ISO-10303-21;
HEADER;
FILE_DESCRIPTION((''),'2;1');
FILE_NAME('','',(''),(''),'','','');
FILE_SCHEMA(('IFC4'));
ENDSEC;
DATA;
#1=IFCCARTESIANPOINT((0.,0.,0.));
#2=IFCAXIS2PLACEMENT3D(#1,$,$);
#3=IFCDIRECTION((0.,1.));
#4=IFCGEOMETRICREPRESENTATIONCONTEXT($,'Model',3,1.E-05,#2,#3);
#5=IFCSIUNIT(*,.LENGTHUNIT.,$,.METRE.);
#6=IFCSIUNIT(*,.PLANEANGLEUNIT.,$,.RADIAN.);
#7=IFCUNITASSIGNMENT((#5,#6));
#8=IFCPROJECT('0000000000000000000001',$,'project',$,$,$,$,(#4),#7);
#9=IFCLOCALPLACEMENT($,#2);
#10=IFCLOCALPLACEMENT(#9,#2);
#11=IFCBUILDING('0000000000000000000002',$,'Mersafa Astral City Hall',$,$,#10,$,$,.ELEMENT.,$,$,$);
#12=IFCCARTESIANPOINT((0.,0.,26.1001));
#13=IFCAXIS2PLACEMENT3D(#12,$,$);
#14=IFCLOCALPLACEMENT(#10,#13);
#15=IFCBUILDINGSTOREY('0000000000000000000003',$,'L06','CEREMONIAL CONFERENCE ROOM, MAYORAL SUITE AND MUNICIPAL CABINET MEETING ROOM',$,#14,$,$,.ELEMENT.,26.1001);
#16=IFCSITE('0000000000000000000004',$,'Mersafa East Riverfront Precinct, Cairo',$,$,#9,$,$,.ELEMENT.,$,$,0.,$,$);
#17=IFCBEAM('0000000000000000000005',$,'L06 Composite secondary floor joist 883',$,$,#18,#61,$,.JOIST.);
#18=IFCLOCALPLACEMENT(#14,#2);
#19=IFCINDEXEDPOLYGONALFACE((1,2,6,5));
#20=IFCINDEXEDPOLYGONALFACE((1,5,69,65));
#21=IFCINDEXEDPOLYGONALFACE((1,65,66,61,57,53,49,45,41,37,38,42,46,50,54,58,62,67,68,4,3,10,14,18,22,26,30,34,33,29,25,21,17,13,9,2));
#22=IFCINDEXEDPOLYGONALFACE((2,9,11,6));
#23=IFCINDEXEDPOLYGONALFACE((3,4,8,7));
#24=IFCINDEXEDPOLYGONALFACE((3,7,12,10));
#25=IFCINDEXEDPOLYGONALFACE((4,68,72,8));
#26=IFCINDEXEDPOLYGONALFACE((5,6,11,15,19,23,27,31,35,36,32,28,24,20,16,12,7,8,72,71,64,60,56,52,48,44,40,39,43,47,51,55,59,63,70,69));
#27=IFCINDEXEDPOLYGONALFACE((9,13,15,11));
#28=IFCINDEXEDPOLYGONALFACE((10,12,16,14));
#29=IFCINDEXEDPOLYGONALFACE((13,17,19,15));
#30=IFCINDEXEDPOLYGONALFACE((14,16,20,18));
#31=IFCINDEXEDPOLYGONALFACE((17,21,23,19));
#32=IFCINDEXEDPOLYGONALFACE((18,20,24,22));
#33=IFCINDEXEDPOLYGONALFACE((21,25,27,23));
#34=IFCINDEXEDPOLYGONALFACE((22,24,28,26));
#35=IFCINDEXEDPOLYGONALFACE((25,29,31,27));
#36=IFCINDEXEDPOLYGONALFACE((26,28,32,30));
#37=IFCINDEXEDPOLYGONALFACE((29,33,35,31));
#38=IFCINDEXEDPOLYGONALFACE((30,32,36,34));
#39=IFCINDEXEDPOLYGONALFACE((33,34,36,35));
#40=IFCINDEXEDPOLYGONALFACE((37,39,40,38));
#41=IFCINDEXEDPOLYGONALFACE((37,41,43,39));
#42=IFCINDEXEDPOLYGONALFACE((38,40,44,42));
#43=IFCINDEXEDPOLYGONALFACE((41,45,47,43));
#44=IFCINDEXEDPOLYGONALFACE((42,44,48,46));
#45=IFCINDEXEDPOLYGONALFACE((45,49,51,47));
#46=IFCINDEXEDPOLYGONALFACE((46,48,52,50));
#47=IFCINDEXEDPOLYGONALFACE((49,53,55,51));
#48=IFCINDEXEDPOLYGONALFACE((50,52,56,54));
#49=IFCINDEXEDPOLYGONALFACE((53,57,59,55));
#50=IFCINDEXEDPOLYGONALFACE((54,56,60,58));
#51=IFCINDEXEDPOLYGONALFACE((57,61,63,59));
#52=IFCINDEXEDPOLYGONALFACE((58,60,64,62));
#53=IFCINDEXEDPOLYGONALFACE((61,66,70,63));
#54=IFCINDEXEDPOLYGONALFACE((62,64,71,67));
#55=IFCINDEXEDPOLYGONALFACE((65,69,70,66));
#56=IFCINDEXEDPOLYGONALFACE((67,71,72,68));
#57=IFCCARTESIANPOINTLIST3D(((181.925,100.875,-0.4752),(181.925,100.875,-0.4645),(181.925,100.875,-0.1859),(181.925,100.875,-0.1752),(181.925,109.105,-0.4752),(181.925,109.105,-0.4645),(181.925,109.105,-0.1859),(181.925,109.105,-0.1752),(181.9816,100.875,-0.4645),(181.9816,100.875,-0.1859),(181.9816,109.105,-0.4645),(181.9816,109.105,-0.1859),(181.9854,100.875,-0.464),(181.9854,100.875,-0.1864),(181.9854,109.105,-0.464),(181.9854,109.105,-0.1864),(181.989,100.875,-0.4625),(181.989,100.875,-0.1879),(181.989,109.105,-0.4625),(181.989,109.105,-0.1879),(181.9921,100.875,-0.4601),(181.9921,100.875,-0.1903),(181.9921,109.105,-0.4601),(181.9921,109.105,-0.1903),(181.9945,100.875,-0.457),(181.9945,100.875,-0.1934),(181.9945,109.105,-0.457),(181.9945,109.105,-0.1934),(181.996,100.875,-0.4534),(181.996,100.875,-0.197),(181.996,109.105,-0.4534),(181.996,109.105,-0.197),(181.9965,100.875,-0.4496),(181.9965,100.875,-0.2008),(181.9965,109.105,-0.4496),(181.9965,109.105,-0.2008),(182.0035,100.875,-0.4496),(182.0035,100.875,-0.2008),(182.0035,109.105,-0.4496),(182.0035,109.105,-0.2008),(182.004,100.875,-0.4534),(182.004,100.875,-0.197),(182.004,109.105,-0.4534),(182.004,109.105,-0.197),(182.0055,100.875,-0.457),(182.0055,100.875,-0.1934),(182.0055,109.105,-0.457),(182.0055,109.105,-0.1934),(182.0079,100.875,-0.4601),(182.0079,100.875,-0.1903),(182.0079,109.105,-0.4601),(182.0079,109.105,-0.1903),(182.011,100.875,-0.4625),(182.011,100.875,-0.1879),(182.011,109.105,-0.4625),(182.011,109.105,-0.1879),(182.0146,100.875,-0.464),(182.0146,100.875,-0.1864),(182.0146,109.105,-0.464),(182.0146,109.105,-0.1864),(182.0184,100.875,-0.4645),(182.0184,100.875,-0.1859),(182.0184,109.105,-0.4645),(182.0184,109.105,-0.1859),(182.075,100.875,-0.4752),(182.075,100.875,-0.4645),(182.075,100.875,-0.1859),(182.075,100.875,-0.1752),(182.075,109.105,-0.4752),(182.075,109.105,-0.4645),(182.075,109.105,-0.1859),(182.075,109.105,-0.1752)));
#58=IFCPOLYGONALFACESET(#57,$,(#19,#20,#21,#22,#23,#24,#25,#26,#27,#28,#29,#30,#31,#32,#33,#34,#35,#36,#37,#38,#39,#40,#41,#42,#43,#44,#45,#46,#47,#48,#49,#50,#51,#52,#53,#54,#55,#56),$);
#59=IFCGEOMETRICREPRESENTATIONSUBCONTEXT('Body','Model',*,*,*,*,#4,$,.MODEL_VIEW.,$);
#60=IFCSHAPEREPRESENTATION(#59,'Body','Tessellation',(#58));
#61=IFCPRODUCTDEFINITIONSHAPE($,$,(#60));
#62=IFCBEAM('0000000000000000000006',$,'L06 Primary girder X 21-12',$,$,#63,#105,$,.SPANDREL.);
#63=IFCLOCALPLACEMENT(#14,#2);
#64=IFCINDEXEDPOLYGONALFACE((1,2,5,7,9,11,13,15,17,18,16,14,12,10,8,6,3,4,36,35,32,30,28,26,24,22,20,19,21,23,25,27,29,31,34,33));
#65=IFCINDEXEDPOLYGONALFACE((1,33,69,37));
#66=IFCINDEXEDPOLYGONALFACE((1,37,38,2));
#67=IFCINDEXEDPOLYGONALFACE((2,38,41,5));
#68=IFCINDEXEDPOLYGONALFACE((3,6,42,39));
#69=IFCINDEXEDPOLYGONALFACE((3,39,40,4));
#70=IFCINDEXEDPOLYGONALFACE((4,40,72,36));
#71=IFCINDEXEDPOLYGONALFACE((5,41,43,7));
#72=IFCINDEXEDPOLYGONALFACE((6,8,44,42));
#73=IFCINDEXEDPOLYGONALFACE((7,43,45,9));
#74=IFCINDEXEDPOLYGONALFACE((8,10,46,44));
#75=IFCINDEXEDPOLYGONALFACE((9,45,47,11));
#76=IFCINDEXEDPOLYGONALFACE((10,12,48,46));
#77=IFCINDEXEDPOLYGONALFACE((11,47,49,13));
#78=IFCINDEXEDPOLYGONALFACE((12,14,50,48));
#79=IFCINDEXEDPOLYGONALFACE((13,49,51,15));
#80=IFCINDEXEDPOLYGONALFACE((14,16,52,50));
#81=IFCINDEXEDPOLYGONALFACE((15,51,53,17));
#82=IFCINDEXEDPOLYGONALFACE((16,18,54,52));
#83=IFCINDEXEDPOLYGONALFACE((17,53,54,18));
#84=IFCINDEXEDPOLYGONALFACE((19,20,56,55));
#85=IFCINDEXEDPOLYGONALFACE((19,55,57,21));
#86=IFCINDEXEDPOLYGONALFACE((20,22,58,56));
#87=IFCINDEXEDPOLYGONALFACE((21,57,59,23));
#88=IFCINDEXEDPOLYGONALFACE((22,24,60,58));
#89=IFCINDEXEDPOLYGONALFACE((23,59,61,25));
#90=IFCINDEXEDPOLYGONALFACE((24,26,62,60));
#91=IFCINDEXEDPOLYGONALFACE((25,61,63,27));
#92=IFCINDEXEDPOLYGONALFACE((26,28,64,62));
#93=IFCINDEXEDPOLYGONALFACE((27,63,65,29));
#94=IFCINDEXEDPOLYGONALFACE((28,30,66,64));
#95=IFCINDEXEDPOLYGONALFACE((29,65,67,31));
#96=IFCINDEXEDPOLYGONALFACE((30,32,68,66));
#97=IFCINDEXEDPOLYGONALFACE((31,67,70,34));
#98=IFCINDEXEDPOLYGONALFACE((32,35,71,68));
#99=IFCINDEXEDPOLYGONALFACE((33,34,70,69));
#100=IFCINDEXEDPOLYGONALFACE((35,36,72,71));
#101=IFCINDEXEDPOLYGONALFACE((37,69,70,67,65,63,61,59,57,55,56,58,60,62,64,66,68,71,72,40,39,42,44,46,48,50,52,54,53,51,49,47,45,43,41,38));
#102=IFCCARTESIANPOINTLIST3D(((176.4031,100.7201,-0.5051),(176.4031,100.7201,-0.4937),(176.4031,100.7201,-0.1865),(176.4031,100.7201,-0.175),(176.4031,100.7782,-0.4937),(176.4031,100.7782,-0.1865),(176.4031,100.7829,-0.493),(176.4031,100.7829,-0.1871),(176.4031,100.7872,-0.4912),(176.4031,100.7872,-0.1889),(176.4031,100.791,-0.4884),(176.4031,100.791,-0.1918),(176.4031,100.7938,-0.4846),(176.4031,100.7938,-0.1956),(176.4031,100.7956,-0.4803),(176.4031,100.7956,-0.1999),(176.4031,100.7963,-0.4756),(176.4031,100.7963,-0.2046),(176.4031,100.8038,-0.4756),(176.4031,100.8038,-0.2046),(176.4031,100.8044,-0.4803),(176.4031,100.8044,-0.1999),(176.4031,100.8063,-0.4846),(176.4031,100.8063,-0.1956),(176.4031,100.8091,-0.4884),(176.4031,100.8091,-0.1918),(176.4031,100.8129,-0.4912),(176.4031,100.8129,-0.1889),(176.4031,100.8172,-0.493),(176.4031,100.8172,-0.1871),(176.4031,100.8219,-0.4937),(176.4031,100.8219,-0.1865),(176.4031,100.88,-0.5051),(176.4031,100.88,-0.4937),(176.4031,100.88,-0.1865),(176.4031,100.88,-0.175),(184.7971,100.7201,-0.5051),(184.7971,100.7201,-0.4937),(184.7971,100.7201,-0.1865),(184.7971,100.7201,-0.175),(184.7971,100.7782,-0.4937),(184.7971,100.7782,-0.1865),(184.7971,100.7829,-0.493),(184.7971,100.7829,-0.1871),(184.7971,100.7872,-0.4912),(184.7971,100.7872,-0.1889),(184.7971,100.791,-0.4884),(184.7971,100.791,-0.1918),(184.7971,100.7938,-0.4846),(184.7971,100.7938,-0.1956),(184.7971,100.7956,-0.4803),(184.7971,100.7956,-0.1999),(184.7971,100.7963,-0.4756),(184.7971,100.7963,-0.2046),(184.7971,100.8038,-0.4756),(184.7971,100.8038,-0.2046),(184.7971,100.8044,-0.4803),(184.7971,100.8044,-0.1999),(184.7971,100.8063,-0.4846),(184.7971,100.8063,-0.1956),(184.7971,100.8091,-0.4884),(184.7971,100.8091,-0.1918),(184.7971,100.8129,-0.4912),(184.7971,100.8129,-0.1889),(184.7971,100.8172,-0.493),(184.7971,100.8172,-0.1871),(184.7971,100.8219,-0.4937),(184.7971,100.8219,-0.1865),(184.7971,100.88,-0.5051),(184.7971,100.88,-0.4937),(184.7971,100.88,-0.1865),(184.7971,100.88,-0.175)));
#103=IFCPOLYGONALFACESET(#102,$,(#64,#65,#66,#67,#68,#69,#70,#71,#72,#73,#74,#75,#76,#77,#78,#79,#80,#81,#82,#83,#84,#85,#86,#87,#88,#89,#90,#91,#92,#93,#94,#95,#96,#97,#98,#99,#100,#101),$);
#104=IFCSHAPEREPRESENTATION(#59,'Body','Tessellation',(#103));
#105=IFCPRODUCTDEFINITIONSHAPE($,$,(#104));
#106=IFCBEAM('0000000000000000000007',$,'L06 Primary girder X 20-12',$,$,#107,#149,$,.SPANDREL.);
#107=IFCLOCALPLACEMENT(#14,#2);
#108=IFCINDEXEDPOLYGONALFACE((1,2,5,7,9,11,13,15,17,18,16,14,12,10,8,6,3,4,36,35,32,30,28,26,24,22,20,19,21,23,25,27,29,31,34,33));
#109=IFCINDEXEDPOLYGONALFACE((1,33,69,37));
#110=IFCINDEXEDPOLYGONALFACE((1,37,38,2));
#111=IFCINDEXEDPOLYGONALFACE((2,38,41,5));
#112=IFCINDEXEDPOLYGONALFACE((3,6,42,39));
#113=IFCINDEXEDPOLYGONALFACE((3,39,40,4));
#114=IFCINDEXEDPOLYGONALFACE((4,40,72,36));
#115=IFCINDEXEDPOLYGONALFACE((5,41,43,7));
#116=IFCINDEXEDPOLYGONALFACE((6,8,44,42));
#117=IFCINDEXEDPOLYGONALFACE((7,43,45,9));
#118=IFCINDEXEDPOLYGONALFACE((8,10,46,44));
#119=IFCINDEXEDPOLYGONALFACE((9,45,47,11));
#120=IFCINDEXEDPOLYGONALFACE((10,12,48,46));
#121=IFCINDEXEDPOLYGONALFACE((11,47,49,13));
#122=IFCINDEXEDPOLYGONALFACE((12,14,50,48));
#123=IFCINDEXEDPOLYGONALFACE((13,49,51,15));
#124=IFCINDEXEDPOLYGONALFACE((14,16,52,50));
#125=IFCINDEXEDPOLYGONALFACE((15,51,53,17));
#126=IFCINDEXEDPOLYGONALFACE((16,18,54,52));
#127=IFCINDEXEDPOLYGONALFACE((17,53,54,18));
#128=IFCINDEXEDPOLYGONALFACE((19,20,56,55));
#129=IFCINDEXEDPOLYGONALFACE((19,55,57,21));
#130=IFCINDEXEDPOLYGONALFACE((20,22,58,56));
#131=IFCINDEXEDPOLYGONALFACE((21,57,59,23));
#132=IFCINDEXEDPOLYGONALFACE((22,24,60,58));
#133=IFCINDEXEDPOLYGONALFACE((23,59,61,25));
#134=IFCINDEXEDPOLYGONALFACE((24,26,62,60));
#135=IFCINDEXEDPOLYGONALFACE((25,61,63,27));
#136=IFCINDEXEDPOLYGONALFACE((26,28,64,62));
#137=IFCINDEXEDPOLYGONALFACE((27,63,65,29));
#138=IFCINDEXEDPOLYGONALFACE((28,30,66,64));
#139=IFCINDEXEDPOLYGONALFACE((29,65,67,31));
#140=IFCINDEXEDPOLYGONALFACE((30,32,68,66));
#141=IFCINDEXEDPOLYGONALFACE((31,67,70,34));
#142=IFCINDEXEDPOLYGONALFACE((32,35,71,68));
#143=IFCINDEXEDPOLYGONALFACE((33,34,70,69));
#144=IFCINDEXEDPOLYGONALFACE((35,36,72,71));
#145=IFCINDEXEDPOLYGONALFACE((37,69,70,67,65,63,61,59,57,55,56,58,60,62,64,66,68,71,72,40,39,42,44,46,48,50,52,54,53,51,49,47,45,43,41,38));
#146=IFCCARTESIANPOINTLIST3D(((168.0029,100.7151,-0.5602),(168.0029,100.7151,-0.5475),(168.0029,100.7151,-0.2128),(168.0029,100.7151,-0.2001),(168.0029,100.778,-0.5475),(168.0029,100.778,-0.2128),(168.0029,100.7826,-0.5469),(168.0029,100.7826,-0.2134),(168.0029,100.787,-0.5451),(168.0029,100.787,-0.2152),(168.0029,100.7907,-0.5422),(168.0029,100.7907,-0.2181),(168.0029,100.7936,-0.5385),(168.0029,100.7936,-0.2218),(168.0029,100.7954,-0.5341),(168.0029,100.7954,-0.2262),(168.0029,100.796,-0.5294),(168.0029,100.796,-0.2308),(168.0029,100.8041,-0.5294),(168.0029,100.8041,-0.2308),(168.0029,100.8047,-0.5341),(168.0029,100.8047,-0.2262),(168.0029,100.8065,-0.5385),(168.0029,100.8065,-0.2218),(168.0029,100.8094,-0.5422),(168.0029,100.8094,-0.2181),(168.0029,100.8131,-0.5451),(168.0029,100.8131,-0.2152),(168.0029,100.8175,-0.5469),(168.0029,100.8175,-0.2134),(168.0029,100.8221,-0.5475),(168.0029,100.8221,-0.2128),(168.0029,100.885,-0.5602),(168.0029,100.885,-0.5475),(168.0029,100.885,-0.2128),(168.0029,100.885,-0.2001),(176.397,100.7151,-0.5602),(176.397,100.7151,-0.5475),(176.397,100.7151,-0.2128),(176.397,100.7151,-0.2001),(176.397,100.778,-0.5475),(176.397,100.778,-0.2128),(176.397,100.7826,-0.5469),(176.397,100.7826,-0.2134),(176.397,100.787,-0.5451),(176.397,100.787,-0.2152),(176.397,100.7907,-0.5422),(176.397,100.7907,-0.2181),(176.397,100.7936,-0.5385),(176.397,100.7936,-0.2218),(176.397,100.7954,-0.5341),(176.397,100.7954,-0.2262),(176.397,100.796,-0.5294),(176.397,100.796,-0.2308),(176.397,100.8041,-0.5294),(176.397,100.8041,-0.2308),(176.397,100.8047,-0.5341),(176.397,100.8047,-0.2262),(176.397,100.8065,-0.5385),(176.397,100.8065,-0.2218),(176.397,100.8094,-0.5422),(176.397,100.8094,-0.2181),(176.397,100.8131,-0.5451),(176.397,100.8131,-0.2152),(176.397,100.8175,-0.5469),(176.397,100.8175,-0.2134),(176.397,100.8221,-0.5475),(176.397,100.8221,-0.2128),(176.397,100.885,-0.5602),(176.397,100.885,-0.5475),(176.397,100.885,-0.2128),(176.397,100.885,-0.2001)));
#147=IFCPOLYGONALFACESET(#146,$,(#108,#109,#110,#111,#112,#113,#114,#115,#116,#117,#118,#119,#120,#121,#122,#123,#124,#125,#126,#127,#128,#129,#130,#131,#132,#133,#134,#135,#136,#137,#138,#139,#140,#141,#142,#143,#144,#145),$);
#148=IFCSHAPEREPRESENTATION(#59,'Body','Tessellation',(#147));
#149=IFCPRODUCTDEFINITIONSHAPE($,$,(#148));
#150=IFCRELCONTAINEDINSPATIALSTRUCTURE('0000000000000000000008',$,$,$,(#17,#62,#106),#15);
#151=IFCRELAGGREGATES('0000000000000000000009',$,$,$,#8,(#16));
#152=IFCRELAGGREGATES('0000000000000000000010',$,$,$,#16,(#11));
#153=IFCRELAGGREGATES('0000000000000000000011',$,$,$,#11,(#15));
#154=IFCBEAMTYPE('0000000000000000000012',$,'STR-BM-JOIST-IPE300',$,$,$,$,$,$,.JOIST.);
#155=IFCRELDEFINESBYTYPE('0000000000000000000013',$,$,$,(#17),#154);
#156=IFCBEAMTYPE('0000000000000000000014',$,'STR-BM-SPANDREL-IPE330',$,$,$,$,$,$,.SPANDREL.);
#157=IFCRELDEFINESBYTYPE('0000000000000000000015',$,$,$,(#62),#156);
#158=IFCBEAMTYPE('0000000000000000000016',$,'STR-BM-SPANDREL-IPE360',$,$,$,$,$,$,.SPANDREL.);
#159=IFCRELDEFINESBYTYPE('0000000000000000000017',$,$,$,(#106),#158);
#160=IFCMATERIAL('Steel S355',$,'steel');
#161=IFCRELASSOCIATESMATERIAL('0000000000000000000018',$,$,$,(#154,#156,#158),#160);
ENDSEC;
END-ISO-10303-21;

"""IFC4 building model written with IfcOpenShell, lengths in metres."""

from ifc_helpers import new_model, si_unit, direction, frame, origin, origin_2d, place, context, subcontext, project, spatial, i_section, extrude, material, material_profile, profile_set, type_object, element, save


model = new_model("IFC4")

# Units and contexts
model_context = context("Model", 3, precision=1e-05, world=origin(), true_north=direction((0.0, 1.0)))
body_context = subcontext(model_context, "Body", "Model", "MODEL_VIEW")
ifc_project = project(units=[si_unit("LENGTHUNIT", "METRE"), si_unit("PLANEANGLEUNIT", "RADIAN")], contexts=[model_context])

# Site, building, storey
site_placement = place(None, origin())
site = spatial("IfcSite", under=ifc_project, at=site_placement, Name="Mersafa East Riverfront Precinct, Cairo", CompositionType="ELEMENT", RefElevation=0.0)
building_placement = place(site_placement, origin())
building = spatial("IfcBuilding", under=site, at=building_placement, Name="Mersafa Astral City Hall", CompositionType="ELEMENT")
storey_placement = place(building_placement, frame((0.0, 0.0, 26.1001)))
storey = spatial("IfcBuildingStorey", under=building, at=storey_placement, Name="L06", Description="CEREMONIAL CONFERENCE ROOM, MAYORAL SUITE AND MUNICIPAL CABINET MEETING ROOM", CompositionType="ELEMENT", Elevation=26.1001)

# Shared definitions
ifc_material_1 = material(Name="Steel S355", Category="steel")

# Beams
ifc_material_profile_1 = material_profile(ifc_material_1, i_section(OverallWidth=0.1499, OverallDepth=0.3, WebThickness=0.0071, FlangeThickness=0.0107, FilletRadius=0.0149, at=origin_2d()), Name="IPE 300")
ifc_profile_set_1 = profile_set([ifc_material_profile_1], Name="Steel S355")
beam_type_1 = type_object("IfcBeamType", Name="STR-BM-JOIST-IPE300", PredefinedType="JOIST", material=ifc_profile_set_1)
for number, where, z_axis, x_axis, name in (
    (1, (182.0, 100.875, -0.3252), (0.0, 1.0, 0.0), (-1.0, 0.0, 0.0), "L06 Composite secondary floor joist 883"),
):
    element("IfcBeam", number, at=place(storey_placement, frame(where, z_axis=z_axis, x_axis=x_axis)), inside=storey, type_object=beam_type_1, Name=name, PredefinedType="JOIST", context=body_context, shape_type="SweptSolid", body=[
        extrude(i_section(OverallWidth=0.1499, OverallDepth=0.3, WebThickness=0.0071, FlangeThickness=0.0107, FilletRadius=0.0149, at=origin_2d()), origin(), (0.0, 0.0, 1.0), 8.23),
    ])
ifc_material_profile_2 = material_profile(ifc_material_1, i_section(OverallWidth=0.1599, OverallDepth=0.3301, WebThickness=0.0076, FlangeThickness=0.0115, FilletRadius=0.0181, at=origin_2d()), Name="IPE 330")
ifc_profile_set_2 = profile_set([ifc_material_profile_2], Name="Steel S355")
beam_type_2 = type_object("IfcBeamType", Name="STR-BM-SPANDREL-IPE330", PredefinedType="SPANDREL", material=ifc_profile_set_2)
beam_1_placement = place(storey_placement, frame((176.4031, 100.8, -0.3401), z_axis=(1.0, 0.0, 0.0), x_axis=(0.0, 1.0, 0.0)))
element("IfcBeam", 2, at=beam_1_placement, inside=storey, type_object=beam_type_2, Name="L06 Primary girder X 21-12", PredefinedType="SPANDREL", context=body_context, shape_type="SweptSolid", body=[
    extrude(i_section(OverallWidth=0.1599, OverallDepth=0.3301, WebThickness=0.0076, FlangeThickness=0.0115, FilletRadius=0.0181, at=origin_2d()), origin(), (0.0, 0.0, 1.0), 8.394),
])
ifc_material_profile_3 = material_profile(ifc_material_1, i_section(OverallWidth=0.1699, OverallDepth=0.3601, WebThickness=0.0081, FlangeThickness=0.0127, FilletRadius=0.0181, at=origin_2d()), Name="IPE 360")
ifc_profile_set_3 = profile_set([ifc_material_profile_3], Name="Steel S355")
beam_type_3 = type_object("IfcBeamType", Name="STR-BM-SPANDREL-IPE360", PredefinedType="SPANDREL", material=ifc_profile_set_3)
beam_2_placement = place(storey_placement, frame((168.0029, 100.8, -0.3801), z_axis=(1.0, 0.0, 0.0), x_axis=(0.0, 1.0, 0.0)))
element("IfcBeam", 3, at=beam_2_placement, inside=storey, type_object=beam_type_3, Name="L06 Primary girder X 20-12", PredefinedType="SPANDREL", context=body_context, shape_type="SweptSolid", body=[
    extrude(i_section(OverallWidth=0.1699, OverallDepth=0.3601, WebThickness=0.0081, FlangeThickness=0.0127, FilletRadius=0.0181, at=origin_2d()), origin(), (0.0, 0.0, 1.0), 8.394),
])

save(model, "model.ifc")
